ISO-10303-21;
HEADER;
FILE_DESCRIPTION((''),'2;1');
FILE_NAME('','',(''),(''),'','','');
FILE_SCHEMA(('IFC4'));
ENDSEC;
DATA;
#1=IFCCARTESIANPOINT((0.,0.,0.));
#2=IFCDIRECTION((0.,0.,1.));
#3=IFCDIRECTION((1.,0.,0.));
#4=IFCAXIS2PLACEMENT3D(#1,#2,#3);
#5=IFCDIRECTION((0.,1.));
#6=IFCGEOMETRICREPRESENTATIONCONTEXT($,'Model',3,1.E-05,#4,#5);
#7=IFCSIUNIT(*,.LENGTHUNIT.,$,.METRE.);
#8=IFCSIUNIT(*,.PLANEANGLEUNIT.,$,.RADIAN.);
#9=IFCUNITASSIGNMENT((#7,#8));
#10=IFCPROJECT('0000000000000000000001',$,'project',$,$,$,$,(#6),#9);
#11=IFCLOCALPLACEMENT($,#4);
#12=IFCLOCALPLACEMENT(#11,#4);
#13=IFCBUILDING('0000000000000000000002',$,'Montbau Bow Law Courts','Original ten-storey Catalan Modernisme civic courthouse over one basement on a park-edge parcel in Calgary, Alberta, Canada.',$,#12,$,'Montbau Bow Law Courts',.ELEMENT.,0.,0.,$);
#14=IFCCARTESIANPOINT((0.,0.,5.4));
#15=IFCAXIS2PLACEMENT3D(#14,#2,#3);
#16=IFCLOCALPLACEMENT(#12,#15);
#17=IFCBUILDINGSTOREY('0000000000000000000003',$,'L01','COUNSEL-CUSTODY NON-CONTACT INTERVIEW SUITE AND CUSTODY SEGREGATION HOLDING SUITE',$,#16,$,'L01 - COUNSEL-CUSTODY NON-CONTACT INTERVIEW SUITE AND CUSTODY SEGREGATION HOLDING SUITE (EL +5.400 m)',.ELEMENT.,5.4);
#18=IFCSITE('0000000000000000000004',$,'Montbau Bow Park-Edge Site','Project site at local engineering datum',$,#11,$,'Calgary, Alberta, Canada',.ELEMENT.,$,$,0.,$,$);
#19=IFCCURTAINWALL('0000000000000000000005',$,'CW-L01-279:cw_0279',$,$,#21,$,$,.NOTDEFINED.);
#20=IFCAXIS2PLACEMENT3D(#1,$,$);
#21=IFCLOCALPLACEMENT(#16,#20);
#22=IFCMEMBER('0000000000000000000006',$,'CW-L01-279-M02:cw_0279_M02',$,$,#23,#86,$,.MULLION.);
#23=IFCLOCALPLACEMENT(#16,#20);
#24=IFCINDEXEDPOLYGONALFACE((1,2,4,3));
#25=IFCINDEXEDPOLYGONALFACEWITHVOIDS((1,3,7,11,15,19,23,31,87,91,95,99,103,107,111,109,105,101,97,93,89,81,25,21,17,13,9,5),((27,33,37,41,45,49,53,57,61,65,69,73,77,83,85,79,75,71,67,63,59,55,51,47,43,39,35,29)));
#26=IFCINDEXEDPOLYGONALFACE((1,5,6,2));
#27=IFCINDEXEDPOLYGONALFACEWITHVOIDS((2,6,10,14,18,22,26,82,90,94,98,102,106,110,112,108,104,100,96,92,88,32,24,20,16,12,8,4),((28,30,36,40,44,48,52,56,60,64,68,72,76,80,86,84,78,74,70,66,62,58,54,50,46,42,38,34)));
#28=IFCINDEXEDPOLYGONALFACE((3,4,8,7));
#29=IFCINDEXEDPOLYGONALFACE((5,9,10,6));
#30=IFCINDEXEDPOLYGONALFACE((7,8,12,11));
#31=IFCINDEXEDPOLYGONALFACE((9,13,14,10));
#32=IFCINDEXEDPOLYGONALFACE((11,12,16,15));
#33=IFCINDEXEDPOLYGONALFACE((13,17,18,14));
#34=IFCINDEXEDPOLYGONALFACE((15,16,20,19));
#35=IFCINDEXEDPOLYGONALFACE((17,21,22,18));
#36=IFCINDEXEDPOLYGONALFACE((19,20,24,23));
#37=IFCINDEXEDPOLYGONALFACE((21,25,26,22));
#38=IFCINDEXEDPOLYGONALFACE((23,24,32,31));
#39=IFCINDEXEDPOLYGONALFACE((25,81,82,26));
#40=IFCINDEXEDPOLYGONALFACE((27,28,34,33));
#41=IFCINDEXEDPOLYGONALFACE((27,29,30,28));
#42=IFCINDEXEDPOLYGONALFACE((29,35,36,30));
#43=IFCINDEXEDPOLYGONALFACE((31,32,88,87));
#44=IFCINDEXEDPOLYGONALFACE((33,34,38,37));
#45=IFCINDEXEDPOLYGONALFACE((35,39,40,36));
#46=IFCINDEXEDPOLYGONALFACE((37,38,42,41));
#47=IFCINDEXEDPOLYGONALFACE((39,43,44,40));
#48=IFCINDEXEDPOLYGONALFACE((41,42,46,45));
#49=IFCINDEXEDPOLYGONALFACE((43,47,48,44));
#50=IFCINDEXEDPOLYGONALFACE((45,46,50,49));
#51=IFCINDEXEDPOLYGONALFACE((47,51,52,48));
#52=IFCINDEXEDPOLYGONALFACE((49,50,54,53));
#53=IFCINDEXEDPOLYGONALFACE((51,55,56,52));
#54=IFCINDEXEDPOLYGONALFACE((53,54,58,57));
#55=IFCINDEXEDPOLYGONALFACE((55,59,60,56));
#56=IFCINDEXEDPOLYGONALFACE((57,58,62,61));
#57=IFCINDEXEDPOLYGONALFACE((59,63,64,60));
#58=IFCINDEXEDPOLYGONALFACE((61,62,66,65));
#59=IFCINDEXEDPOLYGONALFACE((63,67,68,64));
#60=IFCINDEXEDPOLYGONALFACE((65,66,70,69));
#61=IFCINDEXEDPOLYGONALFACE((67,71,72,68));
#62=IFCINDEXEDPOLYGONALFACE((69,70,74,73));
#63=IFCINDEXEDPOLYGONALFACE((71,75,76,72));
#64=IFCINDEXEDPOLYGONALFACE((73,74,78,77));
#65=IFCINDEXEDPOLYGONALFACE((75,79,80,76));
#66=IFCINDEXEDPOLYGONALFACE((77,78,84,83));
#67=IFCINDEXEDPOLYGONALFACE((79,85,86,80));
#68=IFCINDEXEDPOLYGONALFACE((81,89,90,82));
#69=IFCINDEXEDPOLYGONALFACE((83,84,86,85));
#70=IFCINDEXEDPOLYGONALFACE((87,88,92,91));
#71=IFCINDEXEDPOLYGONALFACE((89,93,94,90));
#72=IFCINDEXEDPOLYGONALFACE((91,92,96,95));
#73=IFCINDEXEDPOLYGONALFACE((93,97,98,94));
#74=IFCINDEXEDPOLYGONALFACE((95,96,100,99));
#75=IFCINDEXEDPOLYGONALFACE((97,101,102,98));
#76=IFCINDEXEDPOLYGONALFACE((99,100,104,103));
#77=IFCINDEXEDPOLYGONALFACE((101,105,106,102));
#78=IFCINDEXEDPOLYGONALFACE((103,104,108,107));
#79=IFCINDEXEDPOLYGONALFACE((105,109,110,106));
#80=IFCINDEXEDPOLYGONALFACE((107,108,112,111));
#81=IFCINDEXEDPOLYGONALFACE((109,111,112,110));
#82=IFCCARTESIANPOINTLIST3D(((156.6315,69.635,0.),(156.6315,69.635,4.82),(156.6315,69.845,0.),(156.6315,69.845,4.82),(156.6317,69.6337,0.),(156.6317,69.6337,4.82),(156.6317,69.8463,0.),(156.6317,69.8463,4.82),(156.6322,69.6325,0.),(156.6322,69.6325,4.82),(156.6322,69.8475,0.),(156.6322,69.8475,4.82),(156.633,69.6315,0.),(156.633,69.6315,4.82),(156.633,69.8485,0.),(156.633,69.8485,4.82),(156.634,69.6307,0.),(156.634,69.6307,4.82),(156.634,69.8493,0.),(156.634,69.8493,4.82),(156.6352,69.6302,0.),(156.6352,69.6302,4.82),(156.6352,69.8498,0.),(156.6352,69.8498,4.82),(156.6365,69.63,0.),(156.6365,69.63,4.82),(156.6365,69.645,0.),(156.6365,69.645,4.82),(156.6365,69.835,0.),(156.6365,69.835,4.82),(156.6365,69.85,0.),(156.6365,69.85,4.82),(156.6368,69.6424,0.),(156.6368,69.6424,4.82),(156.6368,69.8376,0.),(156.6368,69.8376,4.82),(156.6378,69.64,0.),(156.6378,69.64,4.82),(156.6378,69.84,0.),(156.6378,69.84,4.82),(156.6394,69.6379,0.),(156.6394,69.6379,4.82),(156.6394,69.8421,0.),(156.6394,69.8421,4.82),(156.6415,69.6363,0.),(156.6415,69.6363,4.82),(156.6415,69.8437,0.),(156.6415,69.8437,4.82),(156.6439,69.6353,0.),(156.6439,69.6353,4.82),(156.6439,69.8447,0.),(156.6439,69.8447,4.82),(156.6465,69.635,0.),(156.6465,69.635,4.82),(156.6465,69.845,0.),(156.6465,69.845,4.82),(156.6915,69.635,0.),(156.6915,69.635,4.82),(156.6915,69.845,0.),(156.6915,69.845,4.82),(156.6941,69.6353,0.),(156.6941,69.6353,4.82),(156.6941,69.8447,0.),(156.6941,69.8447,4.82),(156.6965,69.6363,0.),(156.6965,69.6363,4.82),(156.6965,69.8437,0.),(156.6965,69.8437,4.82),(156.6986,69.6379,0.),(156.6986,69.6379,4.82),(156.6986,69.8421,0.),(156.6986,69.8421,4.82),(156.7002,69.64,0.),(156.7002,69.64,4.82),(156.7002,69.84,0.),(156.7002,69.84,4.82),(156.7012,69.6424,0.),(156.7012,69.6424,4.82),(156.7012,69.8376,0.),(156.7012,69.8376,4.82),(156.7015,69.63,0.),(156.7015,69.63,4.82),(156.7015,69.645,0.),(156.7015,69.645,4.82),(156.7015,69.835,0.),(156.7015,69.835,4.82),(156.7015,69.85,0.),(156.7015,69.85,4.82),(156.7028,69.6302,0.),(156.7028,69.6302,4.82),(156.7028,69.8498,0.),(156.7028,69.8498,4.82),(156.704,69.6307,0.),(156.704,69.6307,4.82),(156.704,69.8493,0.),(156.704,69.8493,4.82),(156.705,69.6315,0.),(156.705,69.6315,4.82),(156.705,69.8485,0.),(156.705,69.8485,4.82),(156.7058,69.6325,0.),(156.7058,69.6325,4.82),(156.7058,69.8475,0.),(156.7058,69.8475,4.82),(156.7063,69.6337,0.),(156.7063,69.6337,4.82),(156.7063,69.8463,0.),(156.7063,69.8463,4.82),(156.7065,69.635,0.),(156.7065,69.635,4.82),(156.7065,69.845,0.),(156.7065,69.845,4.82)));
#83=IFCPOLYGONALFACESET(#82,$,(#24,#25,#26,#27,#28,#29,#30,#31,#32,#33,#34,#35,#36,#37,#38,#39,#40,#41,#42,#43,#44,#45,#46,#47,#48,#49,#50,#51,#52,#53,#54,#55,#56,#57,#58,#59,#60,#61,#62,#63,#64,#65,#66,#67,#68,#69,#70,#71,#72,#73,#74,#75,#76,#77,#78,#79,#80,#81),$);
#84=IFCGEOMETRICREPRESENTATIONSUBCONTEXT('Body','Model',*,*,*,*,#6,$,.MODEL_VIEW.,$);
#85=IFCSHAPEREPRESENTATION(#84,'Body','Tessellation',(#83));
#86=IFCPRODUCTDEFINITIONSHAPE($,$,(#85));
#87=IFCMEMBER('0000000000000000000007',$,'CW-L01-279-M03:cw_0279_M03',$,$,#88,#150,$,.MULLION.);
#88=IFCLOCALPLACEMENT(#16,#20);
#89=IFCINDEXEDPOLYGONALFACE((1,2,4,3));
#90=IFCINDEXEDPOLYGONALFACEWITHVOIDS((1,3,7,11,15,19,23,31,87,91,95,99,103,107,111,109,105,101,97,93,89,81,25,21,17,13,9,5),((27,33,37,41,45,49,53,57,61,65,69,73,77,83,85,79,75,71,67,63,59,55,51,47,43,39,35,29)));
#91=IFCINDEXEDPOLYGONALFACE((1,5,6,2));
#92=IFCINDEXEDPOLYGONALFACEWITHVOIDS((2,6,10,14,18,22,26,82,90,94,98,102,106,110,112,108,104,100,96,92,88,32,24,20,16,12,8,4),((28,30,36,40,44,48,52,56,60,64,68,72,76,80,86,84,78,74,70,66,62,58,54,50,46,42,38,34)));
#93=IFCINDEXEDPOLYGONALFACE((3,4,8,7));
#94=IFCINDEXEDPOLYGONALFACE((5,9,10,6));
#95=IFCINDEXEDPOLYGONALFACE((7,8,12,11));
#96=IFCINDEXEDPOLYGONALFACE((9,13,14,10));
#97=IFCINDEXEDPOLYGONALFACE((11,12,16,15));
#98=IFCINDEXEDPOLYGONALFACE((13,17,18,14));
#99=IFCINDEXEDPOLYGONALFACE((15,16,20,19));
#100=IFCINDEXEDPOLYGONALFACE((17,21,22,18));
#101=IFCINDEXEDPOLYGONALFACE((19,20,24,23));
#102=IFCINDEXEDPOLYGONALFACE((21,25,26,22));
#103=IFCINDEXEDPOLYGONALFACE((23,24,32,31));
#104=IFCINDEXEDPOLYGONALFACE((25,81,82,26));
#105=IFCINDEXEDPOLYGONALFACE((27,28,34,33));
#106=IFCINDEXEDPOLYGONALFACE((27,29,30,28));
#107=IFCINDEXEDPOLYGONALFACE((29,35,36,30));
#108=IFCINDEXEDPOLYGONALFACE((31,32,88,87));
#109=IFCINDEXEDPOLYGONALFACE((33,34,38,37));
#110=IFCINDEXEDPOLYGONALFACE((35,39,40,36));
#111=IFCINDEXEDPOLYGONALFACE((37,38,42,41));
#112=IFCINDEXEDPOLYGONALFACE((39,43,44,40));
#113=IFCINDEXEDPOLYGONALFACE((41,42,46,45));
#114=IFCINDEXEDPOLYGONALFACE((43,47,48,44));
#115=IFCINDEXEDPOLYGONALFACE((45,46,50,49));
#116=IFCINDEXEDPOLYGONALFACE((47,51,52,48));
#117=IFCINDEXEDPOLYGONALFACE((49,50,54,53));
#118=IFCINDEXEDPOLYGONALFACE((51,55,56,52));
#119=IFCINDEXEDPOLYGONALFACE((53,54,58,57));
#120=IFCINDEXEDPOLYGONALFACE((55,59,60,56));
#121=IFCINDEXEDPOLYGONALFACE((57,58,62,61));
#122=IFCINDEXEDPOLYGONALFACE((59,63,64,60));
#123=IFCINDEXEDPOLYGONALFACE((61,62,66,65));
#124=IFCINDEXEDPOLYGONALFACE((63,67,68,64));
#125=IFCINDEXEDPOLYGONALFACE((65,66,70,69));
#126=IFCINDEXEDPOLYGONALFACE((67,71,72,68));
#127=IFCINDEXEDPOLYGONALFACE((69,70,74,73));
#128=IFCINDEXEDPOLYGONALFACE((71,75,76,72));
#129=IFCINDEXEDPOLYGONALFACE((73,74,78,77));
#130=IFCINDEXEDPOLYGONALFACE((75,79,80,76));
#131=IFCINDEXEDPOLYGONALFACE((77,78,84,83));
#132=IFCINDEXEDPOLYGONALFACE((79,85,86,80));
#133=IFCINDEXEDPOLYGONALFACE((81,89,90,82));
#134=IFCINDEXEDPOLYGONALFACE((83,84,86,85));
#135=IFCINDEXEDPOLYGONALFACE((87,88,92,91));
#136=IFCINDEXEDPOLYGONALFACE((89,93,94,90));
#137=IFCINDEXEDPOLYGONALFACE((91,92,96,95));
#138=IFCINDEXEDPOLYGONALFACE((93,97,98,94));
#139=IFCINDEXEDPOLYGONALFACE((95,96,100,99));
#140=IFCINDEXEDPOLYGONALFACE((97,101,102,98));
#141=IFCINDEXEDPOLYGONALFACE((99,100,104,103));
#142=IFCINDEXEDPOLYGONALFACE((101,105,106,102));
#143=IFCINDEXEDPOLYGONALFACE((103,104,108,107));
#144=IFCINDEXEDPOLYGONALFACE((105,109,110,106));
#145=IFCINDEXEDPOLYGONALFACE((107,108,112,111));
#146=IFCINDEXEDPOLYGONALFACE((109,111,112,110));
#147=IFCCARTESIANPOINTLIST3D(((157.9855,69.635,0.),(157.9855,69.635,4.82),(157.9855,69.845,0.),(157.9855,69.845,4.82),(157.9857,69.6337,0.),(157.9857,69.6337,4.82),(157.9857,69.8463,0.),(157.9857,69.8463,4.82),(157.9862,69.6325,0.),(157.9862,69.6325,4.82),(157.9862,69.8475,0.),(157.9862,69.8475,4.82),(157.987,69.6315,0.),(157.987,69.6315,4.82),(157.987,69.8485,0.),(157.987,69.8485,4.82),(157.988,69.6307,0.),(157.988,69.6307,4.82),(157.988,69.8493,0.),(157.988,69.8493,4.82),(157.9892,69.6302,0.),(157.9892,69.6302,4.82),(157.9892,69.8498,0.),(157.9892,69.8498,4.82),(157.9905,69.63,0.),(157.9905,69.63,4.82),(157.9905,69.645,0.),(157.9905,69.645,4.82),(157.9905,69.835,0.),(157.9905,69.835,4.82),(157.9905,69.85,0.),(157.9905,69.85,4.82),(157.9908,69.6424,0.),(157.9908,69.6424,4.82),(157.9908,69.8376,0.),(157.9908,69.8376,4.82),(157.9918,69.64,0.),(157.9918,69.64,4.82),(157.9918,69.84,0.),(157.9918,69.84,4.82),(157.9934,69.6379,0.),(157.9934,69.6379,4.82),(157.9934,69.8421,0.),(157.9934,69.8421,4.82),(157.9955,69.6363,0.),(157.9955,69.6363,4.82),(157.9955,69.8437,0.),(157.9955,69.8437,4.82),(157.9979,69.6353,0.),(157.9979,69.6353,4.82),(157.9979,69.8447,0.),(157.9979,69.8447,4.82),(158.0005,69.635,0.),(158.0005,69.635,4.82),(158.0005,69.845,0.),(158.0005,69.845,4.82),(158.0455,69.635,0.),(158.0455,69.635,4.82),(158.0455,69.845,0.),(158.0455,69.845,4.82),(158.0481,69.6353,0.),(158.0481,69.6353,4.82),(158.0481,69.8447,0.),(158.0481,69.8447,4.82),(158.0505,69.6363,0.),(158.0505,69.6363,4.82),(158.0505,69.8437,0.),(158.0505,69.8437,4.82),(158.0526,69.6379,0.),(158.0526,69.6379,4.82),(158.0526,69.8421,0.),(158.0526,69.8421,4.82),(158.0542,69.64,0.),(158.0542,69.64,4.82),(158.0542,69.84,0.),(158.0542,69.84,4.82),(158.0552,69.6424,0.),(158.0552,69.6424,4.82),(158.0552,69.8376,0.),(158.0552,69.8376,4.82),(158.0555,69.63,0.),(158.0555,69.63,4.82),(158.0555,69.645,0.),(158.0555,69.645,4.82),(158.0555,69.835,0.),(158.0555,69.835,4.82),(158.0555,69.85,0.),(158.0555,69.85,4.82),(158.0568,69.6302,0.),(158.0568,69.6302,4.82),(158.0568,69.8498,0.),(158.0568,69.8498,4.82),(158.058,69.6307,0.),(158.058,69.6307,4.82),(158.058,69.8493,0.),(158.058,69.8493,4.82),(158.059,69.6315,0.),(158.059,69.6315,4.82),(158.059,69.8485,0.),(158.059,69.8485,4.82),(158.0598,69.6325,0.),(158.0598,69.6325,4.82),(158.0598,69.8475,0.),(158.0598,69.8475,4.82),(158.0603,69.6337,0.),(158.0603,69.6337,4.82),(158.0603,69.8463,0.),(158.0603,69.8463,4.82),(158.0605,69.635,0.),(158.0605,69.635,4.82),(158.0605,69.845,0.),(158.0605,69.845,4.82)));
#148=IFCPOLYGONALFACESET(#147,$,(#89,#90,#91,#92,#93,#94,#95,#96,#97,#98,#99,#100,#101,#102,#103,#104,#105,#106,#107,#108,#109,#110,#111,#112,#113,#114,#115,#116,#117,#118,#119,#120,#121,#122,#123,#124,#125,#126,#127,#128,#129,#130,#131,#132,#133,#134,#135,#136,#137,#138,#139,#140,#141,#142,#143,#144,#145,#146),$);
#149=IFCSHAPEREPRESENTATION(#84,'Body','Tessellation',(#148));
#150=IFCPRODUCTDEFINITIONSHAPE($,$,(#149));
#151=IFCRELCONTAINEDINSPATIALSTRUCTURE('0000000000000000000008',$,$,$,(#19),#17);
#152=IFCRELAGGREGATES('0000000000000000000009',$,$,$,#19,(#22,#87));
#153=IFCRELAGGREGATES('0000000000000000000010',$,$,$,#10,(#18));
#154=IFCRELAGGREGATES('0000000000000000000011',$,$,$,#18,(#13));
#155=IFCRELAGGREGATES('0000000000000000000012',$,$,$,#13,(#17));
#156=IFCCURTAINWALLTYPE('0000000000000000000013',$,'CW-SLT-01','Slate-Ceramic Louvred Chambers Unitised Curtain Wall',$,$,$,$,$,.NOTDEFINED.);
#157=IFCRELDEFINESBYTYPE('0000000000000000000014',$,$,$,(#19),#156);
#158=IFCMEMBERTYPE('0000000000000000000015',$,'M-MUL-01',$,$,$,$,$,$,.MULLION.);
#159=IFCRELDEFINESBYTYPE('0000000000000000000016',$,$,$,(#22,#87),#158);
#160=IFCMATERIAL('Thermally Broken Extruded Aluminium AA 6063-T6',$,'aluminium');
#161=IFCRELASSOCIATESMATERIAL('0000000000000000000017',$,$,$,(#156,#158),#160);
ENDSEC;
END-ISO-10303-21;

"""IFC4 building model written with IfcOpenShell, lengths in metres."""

from ifc_helpers import new_model, si_unit, direction, frame, origin_with_axes, origin_2d_with_axis, place, context, subcontext, project, spatial, hollow_rectangle, extrude, material, material_profile, profile_set, type_object, element, aggregate, save


model = new_model("IFC4")

# Units and contexts
model_context = context("Model", 3, precision=1e-05, world=origin_with_axes(), true_north=direction((0.0, 1.0)))
body_context = subcontext(model_context, "Body", "Model", "MODEL_VIEW")
ifc_project = project(units=[si_unit("LENGTHUNIT", "METRE"), si_unit("PLANEANGLEUNIT", "RADIAN")], contexts=[model_context])

# Site, building, storey
site_placement = place(None, origin_with_axes())
site = spatial("IfcSite", under=ifc_project, at=site_placement, Name="Montbau Bow Park-Edge Site", Description="Project site at local engineering datum", LongName="Calgary, Alberta, Canada", CompositionType="ELEMENT", RefElevation=0.0)
building_placement = place(site_placement, origin_with_axes())
building = spatial("IfcBuilding", under=site, at=building_placement, Name="Montbau Bow Law Courts", Description="Original ten-storey Catalan Modernisme civic courthouse over one basement on a park-edge parcel in Calgary, Alberta, Canada.", LongName="Montbau Bow Law Courts", CompositionType="ELEMENT", ElevationOfRefHeight=0.0, ElevationOfTerrain=0.0)
storey_placement = place(building_placement, frame((0.0, 0.0, 5.4), z_axis=(0.0, 0.0, 1.0), x_axis=(1.0, 0.0, 0.0)))
storey = spatial("IfcBuildingStorey", under=building, at=storey_placement, Name="L01", Description="COUNSEL-CUSTODY NON-CONTACT INTERVIEW SUITE AND CUSTODY SEGREGATION HOLDING SUITE", LongName="L01 - COUNSEL-CUSTODY NON-CONTACT INTERVIEW SUITE AND CUSTODY SEGREGATION HOLDING SUITE (EL +5.400 m)", CompositionType="ELEMENT", Elevation=5.4)

# Curtain wall, members
ifc_material_1 = material(Name="Thermally Broken Extruded Aluminium AA 6063-T6", Category="aluminium")
curtain_wall_type = type_object("IfcCurtainWallType", Name="CW-SLT-01", Description="Slate-Ceramic Louvred Chambers Unitised Curtain Wall", PredefinedType="NOTDEFINED", material=ifc_material_1)
curtain_wall_1_placement = place(None, frame((155.315, 69.74, 5.4), z_axis=(0.0, 0.0, 1.0), x_axis=(1.0, 0.0, 0.0)))
curtain_wall_1 = element("IfcCurtainWall", 1, at=curtain_wall_1_placement, inside=storey, type_object=curtain_wall_type, Name="CW-L01-279:cw_0279", PredefinedType="NOTDEFINED")
ifc_material_profile_1 = material_profile(ifc_material_1, hollow_rectangle(XDim=0.075, YDim=0.22, WallThickness=0.005, InnerFilletRadius=0.01, OuterFilletRadius=0.005, at=origin_2d_with_axis()), Name="CWM-220X75", Category="Main", Priority=0)
ifc_profile_set_1 = profile_set([ifc_material_profile_1], Name="Thermally Broken Extruded Aluminium AA 6063-T6")
member_type_1 = type_object("IfcMemberType", Name="M-MUL-01", PredefinedType="MULLION", material=ifc_profile_set_1)
member_1_placement = place(None, frame((156.669, 69.74, 5.4), z_axis=(0.0, 0.0, 1.0), x_axis=(1.0, 0.0, 0.0)))
member_1 = element("IfcMember", 2, at=member_1_placement, type_object=member_type_1, Name="CW-L01-279-M02:cw_0279_M02", PredefinedType="MULLION", context=body_context, shape_type="SweptSolid", body=[
    extrude(hollow_rectangle(XDim=0.075, YDim=0.22, WallThickness=0.005, InnerFilletRadius=0.01, OuterFilletRadius=0.005, at=origin_2d_with_axis()), origin_with_axes(), (0.0, 0.0, 1.0), 4.82),
])
member_2_placement = place(None, frame((158.023, 69.74, 5.4), z_axis=(0.0, 0.0, 1.0), x_axis=(1.0, 0.0, 0.0)))
member_2 = element("IfcMember", 3, at=member_2_placement, type_object=member_type_1, Name="CW-L01-279-M03:cw_0279_M03", PredefinedType="MULLION", context=body_context, shape_type="SweptSolid", body=[
    extrude(hollow_rectangle(XDim=0.075, YDim=0.22, WallThickness=0.005, InnerFilletRadius=0.01, OuterFilletRadius=0.005, at=origin_2d_with_axis()), origin_with_axes(), (0.0, 0.0, 1.0), 4.82),
])

aggregate(curtain_wall_1, [member_1, member_2])

save(model, "model.ifc")
